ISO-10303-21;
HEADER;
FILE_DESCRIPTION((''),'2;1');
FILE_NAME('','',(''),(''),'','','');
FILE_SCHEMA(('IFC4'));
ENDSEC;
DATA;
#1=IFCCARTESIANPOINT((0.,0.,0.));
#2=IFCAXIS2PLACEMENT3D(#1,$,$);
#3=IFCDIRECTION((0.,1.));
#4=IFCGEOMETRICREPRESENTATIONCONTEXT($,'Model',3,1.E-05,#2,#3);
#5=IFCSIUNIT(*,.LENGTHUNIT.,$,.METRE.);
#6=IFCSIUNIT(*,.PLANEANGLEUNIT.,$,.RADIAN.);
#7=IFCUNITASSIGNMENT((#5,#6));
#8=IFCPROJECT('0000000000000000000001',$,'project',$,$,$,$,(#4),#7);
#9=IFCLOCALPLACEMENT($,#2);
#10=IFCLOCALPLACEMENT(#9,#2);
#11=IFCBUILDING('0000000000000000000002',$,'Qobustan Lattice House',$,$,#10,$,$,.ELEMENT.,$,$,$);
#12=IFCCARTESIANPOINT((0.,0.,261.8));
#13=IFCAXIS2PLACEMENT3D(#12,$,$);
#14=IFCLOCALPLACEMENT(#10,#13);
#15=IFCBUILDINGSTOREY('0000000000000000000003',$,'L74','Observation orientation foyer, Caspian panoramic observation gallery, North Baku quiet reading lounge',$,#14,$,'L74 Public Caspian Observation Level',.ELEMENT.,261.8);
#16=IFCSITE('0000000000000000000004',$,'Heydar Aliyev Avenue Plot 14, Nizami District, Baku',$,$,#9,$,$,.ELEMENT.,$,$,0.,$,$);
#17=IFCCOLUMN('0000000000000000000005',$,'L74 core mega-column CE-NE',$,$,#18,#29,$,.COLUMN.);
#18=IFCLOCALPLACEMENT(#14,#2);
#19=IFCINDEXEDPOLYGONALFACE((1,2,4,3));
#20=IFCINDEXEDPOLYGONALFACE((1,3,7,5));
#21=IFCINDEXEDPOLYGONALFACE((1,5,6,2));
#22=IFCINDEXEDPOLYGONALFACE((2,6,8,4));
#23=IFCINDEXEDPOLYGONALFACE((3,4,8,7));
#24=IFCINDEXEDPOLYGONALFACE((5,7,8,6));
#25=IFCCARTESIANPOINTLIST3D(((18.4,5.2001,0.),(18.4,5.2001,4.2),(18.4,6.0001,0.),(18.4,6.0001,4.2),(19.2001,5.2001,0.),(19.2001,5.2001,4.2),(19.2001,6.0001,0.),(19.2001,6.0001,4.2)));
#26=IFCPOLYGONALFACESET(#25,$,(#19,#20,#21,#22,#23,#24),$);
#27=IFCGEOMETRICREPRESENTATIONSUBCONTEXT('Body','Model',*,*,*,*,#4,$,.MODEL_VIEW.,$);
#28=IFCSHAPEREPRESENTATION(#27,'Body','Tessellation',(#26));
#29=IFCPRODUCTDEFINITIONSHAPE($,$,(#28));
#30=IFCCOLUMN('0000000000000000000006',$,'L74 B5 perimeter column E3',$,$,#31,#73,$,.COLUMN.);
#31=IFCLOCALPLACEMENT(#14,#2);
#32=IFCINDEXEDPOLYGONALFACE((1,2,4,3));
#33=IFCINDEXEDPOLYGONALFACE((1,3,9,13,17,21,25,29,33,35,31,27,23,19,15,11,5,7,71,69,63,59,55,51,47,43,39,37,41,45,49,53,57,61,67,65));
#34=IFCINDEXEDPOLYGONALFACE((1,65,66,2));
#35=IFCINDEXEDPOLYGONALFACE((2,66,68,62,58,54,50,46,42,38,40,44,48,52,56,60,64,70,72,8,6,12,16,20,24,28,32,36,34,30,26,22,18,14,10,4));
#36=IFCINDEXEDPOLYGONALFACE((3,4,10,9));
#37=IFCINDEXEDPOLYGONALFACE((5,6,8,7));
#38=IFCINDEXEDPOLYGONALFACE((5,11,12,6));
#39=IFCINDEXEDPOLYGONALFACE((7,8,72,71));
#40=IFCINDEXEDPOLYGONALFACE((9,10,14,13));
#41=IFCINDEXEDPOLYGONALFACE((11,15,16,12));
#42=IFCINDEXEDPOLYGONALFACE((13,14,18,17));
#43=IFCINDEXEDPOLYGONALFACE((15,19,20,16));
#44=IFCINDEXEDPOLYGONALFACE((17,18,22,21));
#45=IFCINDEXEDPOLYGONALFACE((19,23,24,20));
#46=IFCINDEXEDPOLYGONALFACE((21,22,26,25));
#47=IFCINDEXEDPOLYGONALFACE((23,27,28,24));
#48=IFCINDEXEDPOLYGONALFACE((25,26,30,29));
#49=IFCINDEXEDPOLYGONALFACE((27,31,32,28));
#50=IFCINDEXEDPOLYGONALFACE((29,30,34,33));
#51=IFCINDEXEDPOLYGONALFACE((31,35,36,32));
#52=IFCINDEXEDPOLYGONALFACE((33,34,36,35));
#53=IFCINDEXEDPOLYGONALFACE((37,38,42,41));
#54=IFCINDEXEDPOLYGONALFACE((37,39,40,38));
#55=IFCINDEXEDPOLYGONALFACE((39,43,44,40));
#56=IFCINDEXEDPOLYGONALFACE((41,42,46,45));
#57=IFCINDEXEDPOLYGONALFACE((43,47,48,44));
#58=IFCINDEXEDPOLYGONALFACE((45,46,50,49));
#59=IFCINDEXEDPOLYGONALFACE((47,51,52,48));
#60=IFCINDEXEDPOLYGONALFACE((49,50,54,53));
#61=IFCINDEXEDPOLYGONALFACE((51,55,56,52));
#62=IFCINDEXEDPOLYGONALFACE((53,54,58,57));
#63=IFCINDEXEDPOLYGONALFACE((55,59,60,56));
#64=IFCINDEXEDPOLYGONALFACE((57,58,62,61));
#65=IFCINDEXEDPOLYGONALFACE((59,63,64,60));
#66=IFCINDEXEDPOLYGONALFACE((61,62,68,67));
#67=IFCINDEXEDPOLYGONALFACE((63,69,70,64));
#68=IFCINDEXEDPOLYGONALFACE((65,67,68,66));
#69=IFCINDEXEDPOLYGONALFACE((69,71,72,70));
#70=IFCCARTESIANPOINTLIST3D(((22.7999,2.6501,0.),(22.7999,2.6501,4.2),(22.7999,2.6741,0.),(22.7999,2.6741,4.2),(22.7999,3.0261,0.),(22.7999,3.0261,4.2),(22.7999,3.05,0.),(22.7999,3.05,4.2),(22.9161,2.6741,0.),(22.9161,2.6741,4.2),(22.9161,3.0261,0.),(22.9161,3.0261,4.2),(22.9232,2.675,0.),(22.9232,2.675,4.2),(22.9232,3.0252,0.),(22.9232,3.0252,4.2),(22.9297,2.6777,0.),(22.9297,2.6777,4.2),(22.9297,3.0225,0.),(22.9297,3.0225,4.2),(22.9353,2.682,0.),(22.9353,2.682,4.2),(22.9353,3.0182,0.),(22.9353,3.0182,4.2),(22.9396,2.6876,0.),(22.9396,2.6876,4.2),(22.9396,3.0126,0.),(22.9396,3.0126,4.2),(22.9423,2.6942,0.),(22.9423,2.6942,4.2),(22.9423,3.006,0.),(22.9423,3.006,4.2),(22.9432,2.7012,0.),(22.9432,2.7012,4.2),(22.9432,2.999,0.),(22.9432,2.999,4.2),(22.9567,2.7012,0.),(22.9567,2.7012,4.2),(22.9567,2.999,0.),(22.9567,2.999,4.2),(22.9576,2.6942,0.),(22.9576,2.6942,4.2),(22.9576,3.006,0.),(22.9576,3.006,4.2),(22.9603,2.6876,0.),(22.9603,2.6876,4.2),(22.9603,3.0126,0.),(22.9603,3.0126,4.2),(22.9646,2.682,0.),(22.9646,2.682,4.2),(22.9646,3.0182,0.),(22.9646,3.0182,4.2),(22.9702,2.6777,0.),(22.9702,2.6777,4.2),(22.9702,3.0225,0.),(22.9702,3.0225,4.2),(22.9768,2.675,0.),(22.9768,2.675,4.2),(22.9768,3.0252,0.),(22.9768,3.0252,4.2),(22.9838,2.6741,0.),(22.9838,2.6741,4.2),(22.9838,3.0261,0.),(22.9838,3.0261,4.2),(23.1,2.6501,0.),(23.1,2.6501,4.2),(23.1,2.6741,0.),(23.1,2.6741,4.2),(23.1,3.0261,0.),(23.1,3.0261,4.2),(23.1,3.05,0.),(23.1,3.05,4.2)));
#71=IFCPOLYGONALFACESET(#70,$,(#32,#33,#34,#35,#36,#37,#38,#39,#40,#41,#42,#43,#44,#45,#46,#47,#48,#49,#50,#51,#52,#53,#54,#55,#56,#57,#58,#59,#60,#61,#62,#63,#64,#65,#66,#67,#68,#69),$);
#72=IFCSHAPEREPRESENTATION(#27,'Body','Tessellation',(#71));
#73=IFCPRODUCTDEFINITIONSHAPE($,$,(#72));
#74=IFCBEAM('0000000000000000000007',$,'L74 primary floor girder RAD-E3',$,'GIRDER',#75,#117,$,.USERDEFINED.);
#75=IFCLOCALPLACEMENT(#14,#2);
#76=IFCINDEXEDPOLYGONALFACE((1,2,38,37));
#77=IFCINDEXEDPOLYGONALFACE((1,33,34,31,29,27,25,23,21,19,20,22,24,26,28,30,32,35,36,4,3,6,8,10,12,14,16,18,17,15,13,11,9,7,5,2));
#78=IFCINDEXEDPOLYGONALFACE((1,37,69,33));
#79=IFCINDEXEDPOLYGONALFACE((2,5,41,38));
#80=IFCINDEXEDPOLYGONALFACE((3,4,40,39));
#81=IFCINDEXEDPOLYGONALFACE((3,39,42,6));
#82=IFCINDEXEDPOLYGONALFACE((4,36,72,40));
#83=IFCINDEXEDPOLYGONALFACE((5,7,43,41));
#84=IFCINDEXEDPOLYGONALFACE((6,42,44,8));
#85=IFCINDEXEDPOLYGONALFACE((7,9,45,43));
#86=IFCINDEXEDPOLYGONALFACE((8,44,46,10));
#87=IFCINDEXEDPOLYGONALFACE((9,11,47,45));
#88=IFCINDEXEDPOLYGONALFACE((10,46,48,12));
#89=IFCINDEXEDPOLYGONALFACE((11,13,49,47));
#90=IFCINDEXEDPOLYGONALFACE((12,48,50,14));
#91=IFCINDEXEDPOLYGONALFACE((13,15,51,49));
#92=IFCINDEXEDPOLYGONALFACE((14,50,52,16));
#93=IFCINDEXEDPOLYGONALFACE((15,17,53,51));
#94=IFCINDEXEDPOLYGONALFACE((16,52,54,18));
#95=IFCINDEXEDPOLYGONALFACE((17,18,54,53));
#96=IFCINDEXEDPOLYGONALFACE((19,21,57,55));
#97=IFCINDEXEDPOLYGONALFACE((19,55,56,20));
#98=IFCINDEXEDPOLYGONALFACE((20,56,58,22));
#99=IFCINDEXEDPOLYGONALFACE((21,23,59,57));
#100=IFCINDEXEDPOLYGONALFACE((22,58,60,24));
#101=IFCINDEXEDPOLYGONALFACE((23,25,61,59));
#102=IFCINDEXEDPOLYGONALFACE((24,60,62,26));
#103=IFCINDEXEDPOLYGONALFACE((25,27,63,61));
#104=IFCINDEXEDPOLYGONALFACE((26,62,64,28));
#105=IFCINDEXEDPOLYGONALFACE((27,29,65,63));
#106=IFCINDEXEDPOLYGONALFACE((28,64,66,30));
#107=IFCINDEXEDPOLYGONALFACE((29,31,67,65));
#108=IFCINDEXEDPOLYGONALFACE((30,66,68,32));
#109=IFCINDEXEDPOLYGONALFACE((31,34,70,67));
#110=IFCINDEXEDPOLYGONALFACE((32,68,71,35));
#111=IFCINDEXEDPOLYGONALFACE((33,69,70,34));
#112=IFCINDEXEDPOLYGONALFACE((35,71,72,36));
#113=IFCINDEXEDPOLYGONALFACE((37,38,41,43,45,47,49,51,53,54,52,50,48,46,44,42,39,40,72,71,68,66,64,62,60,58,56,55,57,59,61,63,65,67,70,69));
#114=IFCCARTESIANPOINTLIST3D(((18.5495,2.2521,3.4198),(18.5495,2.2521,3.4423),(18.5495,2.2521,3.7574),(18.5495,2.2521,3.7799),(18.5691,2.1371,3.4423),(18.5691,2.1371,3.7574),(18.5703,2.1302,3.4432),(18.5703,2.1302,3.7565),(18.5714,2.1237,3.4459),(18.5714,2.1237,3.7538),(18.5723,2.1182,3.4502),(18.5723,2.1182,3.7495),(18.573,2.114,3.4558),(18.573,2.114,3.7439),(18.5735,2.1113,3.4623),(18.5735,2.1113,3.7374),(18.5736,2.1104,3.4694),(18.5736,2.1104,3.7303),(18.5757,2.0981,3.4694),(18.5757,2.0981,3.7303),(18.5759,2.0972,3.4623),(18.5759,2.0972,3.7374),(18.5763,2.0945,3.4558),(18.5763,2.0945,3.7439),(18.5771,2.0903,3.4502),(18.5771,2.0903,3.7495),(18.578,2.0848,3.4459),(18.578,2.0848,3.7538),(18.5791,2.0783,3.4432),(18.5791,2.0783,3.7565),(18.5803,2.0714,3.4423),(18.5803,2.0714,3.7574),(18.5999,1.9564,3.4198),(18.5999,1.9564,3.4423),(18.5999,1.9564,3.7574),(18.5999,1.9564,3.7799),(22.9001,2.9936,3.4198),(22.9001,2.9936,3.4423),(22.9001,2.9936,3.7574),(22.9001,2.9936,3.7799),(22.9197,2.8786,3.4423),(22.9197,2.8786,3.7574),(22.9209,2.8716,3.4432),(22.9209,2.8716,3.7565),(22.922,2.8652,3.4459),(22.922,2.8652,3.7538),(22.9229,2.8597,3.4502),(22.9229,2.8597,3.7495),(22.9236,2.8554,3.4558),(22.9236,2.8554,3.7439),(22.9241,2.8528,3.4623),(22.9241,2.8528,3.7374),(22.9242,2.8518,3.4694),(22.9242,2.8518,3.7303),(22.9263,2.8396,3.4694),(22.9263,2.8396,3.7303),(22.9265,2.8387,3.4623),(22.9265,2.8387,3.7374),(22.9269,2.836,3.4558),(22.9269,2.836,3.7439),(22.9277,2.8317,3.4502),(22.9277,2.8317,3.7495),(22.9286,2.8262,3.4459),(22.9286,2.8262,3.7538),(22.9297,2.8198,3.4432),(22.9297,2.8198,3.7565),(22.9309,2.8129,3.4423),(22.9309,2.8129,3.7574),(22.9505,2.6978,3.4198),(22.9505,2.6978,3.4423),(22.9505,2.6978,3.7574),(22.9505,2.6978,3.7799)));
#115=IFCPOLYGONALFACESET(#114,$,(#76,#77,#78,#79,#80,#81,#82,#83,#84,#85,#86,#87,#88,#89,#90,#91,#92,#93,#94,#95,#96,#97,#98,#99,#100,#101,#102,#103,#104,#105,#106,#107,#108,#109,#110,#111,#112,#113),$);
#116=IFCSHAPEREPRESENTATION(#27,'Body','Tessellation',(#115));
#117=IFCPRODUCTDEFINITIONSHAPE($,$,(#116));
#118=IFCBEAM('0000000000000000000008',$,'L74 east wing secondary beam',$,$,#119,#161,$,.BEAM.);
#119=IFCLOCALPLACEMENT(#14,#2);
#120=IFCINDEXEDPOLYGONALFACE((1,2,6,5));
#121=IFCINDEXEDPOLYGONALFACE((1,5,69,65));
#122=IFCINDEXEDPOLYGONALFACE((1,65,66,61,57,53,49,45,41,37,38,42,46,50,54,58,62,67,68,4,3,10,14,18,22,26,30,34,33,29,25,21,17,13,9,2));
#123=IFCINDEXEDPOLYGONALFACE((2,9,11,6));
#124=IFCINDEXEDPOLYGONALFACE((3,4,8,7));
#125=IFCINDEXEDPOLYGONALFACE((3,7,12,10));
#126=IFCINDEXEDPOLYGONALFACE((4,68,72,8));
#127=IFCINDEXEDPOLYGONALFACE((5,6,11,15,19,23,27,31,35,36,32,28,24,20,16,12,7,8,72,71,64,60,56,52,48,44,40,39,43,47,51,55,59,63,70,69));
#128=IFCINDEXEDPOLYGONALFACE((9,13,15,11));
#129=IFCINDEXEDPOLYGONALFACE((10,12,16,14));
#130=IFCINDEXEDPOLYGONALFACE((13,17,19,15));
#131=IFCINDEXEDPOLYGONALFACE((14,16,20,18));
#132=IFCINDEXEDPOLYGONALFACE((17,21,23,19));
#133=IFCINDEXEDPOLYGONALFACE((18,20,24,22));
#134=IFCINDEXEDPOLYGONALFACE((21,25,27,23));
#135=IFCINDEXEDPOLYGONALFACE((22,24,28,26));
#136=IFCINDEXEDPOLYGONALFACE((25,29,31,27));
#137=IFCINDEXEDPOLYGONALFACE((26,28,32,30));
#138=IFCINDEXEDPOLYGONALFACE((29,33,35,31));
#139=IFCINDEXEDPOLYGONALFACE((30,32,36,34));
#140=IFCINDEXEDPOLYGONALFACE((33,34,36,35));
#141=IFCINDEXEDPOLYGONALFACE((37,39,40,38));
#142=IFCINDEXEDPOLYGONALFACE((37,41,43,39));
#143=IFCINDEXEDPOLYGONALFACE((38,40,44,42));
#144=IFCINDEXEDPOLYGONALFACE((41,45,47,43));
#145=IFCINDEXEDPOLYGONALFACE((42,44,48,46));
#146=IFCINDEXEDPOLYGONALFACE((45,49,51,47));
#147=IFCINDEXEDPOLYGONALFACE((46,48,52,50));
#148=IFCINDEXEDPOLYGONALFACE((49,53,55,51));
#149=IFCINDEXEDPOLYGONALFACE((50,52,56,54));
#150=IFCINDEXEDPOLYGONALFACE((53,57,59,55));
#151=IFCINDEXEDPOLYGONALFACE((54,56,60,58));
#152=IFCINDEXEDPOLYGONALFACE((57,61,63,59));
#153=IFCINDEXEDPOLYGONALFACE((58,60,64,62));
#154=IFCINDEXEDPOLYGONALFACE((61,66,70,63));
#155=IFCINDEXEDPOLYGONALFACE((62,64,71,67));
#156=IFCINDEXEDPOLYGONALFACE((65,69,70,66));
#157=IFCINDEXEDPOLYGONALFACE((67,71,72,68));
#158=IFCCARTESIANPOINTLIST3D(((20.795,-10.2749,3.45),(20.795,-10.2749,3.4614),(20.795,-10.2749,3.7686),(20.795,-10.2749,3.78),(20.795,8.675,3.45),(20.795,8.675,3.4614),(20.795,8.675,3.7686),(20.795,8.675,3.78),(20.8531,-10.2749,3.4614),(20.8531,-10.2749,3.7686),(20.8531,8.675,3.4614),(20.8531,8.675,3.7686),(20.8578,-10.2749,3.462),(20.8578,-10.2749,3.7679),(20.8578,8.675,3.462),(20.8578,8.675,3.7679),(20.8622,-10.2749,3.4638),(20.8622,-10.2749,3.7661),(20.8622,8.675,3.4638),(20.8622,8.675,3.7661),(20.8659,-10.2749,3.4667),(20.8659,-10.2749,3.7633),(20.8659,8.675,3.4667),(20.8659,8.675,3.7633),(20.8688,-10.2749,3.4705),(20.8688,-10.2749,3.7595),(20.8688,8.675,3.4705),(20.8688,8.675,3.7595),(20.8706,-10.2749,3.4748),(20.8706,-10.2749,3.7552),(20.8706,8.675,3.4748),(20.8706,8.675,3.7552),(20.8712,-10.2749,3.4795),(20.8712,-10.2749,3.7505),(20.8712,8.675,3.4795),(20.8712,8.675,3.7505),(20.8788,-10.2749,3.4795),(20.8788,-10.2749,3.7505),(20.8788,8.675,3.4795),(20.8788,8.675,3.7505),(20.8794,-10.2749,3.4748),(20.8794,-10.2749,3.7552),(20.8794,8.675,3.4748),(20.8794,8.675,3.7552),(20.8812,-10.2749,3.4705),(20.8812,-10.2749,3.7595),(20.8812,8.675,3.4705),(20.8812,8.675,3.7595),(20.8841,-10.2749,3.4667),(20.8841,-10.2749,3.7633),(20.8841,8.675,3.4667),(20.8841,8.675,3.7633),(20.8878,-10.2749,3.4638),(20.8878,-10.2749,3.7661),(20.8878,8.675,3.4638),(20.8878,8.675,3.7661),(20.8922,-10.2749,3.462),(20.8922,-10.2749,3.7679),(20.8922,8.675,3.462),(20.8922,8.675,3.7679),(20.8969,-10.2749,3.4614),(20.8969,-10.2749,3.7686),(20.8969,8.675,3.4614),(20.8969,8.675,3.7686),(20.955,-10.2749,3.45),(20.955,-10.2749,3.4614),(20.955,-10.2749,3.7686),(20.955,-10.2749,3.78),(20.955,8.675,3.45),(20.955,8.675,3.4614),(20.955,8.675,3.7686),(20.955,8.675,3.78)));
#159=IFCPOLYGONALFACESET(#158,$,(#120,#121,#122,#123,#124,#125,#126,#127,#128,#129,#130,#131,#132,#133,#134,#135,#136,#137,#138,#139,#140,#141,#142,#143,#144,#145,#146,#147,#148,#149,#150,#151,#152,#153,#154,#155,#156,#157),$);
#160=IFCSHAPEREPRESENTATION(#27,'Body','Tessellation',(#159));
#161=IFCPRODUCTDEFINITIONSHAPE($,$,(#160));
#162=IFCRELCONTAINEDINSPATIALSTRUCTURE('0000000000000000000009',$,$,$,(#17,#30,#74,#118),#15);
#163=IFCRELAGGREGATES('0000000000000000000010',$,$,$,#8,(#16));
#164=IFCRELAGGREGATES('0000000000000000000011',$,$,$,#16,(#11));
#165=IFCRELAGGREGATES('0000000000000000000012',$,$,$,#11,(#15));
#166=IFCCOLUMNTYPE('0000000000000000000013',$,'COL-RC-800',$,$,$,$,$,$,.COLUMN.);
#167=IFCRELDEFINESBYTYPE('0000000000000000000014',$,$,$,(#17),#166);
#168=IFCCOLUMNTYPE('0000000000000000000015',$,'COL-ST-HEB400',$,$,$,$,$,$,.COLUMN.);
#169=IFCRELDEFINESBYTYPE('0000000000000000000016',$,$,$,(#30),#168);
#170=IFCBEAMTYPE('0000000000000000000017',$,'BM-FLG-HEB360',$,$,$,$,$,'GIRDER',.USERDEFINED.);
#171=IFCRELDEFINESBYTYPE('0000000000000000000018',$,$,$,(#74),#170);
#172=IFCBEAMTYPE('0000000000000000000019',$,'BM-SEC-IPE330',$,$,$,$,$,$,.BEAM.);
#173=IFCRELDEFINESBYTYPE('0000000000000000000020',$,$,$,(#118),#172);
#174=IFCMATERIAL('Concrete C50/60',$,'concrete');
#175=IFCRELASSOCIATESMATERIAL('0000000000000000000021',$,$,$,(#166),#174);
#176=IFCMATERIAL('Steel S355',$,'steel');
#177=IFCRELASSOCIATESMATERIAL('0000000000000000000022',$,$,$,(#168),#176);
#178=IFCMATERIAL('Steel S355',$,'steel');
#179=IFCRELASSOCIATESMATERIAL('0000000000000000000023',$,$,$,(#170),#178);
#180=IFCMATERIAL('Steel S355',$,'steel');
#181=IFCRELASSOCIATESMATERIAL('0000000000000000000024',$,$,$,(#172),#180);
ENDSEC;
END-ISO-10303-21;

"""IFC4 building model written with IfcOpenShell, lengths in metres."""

from ifc_helpers import new_model, si_unit, direction, frame, origin, origin_2d, place, context, subcontext, project, spatial, rectangle, i_section, extrude, material, material_profile, profile_set, type_object, element, save


model = new_model("IFC4")

# Units and contexts
model_context = context("Model", 3, precision=1e-05, world=origin(), true_north=direction((0.0, 1.0)))
body_context = subcontext(model_context, "Body", "Model", "MODEL_VIEW")
ifc_project = project(units=[si_unit("LENGTHUNIT", "METRE"), si_unit("PLANEANGLEUNIT", "RADIAN")], contexts=[model_context])

# Site, building, storey
site_placement = place(None, origin())
site = spatial("IfcSite", under=ifc_project, at=site_placement, Name="Heydar Aliyev Avenue Plot 14, Nizami District, Baku", CompositionType="ELEMENT", RefElevation=0.0)
building_placement = place(site_placement, origin())
building = spatial("IfcBuilding", under=site, at=building_placement, Name="Qobustan Lattice House", CompositionType="ELEMENT")
storey_placement = place(building_placement, frame((0.0, 0.0, 261.8)))
storey = spatial("IfcBuildingStorey", under=building, at=storey_placement, Name="L74", Description="Observation orientation foyer, Caspian panoramic observation gallery, North Baku quiet reading lounge", LongName="L74 Public Caspian Observation Level", CompositionType="ELEMENT", Elevation=261.8)

# Columns
ifc_material_1 = material(Name="Concrete C50/60", Category="concrete")
ifc_material_profile_1 = material_profile(ifc_material_1, rectangle(XDim=0.8, YDim=0.8, at=origin_2d()), Name="RC800x800")
ifc_profile_set_1 = profile_set([ifc_material_profile_1], Name="Concrete C50/60")
column_type_1 = type_object("IfcColumnType", Name="COL-RC-800", PredefinedType="COLUMN", material=ifc_profile_set_1)
column_1_placement = place(storey_placement, frame((18.8, 5.6001, 0.0), z_axis=(0.0, 0.0, 1.0), x_axis=(1.0, 0.0, 0.0)))
element("IfcColumn", 1, at=column_1_placement, inside=storey, type_object=column_type_1, Name="L74 core mega-column CE-NE", PredefinedType="COLUMN", context=body_context, shape_type="SweptSolid", body=[
    extrude(rectangle(XDim=0.8, YDim=0.8, at=origin_2d()), origin(), (0.0, 0.0, 1.0), 4.2),
])
ifc_material_2 = material(Name="Steel S355", Category="steel")
ifc_material_profile_2 = material_profile(ifc_material_2, i_section(OverallWidth=0.3, OverallDepth=0.3999, WebThickness=0.0134, FlangeThickness=0.0239, FilletRadius=0.0271, at=origin_2d()), Name="HEB400")
ifc_profile_set_2 = profile_set([ifc_material_profile_2], Name="Steel S355")
column_type_2 = type_object("IfcColumnType", Name="COL-ST-HEB400", PredefinedType="COLUMN", material=ifc_profile_set_2)
column_2_placement = place(storey_placement, frame((22.95, 2.8501, 0.0), z_axis=(0.0, 0.0, 1.0), x_axis=(1.0, 0.0, 0.0)))
element("IfcColumn", 2, at=column_2_placement, inside=storey, type_object=column_type_2, Name="L74 B5 perimeter column E3", PredefinedType="COLUMN", context=body_context, shape_type="SweptSolid", body=[
    extrude(i_section(OverallWidth=0.3, OverallDepth=0.3999, WebThickness=0.0134, FlangeThickness=0.0239, FilletRadius=0.0271, at=origin_2d()), origin(), (0.0, 0.0, 1.0), 4.2),
])

# Beams
ifc_material_3 = material(Name="Steel S355", Category="steel")
ifc_material_profile_3 = material_profile(ifc_material_3, i_section(OverallWidth=0.3, OverallDepth=0.3601, WebThickness=0.0125, FlangeThickness=0.0225, FilletRadius=0.0271, at=origin_2d()), Name="HEB360")
ifc_profile_set_3 = profile_set([ifc_material_profile_3], Name="Steel S355")
beam_type_1 = type_object("IfcBeamType", Name="BM-FLG-HEB360", ElementType="GIRDER", PredefinedType="USERDEFINED", material=ifc_profile_set_3)
beam_1_placement = place(storey_placement, frame((22.9253, 2.8457, 3.5999), z_axis=(-0.985786, -0.168004, 0.0), x_axis=(0.168004, -0.985786, 0.0)))
element("IfcBeam", 3, at=beam_1_placement, inside=storey, type_object=beam_type_1, Name="L74 primary floor girder RAD-E3", ObjectType="GIRDER", PredefinedType="USERDEFINED", context=body_context, shape_type="SweptSolid", body=[
    extrude(i_section(OverallWidth=0.3, OverallDepth=0.3601, WebThickness=0.0125, FlangeThickness=0.0225, FilletRadius=0.0271, at=origin_2d()), origin(), (0.0, 0.0, 1.0), 4.4133),
])
ifc_material_4 = material(Name="Steel S355", Category="steel")
ifc_material_profile_4 = material_profile(ifc_material_4, i_section(OverallWidth=0.1599, OverallDepth=0.3301, WebThickness=0.0076, FlangeThickness=0.0115, FilletRadius=0.0181, at=origin_2d()), Name="IPE330")
ifc_profile_set_4 = profile_set([ifc_material_profile_4], Name="Steel S355")
beam_type_2 = type_object("IfcBeamType", Name="BM-SEC-IPE330", PredefinedType="BEAM", material=ifc_profile_set_4)
beam_2_placement = place(storey_placement, frame((20.875, 8.675, 3.615), z_axis=(0.0, -1.0, 0.0), x_axis=(1.0, 0.0, 0.0)))
element("IfcBeam", 4, at=beam_2_placement, inside=storey, type_object=beam_type_2, Name="L74 east wing secondary beam", PredefinedType="BEAM", context=body_context, shape_type="SweptSolid", body=[
    extrude(i_section(OverallWidth=0.1599, OverallDepth=0.3301, WebThickness=0.0076, FlangeThickness=0.0115, FilletRadius=0.0181, at=origin_2d()), origin(), (0.0, 0.0, 1.0), 18.95),
])

save(model, "model.ifc")
